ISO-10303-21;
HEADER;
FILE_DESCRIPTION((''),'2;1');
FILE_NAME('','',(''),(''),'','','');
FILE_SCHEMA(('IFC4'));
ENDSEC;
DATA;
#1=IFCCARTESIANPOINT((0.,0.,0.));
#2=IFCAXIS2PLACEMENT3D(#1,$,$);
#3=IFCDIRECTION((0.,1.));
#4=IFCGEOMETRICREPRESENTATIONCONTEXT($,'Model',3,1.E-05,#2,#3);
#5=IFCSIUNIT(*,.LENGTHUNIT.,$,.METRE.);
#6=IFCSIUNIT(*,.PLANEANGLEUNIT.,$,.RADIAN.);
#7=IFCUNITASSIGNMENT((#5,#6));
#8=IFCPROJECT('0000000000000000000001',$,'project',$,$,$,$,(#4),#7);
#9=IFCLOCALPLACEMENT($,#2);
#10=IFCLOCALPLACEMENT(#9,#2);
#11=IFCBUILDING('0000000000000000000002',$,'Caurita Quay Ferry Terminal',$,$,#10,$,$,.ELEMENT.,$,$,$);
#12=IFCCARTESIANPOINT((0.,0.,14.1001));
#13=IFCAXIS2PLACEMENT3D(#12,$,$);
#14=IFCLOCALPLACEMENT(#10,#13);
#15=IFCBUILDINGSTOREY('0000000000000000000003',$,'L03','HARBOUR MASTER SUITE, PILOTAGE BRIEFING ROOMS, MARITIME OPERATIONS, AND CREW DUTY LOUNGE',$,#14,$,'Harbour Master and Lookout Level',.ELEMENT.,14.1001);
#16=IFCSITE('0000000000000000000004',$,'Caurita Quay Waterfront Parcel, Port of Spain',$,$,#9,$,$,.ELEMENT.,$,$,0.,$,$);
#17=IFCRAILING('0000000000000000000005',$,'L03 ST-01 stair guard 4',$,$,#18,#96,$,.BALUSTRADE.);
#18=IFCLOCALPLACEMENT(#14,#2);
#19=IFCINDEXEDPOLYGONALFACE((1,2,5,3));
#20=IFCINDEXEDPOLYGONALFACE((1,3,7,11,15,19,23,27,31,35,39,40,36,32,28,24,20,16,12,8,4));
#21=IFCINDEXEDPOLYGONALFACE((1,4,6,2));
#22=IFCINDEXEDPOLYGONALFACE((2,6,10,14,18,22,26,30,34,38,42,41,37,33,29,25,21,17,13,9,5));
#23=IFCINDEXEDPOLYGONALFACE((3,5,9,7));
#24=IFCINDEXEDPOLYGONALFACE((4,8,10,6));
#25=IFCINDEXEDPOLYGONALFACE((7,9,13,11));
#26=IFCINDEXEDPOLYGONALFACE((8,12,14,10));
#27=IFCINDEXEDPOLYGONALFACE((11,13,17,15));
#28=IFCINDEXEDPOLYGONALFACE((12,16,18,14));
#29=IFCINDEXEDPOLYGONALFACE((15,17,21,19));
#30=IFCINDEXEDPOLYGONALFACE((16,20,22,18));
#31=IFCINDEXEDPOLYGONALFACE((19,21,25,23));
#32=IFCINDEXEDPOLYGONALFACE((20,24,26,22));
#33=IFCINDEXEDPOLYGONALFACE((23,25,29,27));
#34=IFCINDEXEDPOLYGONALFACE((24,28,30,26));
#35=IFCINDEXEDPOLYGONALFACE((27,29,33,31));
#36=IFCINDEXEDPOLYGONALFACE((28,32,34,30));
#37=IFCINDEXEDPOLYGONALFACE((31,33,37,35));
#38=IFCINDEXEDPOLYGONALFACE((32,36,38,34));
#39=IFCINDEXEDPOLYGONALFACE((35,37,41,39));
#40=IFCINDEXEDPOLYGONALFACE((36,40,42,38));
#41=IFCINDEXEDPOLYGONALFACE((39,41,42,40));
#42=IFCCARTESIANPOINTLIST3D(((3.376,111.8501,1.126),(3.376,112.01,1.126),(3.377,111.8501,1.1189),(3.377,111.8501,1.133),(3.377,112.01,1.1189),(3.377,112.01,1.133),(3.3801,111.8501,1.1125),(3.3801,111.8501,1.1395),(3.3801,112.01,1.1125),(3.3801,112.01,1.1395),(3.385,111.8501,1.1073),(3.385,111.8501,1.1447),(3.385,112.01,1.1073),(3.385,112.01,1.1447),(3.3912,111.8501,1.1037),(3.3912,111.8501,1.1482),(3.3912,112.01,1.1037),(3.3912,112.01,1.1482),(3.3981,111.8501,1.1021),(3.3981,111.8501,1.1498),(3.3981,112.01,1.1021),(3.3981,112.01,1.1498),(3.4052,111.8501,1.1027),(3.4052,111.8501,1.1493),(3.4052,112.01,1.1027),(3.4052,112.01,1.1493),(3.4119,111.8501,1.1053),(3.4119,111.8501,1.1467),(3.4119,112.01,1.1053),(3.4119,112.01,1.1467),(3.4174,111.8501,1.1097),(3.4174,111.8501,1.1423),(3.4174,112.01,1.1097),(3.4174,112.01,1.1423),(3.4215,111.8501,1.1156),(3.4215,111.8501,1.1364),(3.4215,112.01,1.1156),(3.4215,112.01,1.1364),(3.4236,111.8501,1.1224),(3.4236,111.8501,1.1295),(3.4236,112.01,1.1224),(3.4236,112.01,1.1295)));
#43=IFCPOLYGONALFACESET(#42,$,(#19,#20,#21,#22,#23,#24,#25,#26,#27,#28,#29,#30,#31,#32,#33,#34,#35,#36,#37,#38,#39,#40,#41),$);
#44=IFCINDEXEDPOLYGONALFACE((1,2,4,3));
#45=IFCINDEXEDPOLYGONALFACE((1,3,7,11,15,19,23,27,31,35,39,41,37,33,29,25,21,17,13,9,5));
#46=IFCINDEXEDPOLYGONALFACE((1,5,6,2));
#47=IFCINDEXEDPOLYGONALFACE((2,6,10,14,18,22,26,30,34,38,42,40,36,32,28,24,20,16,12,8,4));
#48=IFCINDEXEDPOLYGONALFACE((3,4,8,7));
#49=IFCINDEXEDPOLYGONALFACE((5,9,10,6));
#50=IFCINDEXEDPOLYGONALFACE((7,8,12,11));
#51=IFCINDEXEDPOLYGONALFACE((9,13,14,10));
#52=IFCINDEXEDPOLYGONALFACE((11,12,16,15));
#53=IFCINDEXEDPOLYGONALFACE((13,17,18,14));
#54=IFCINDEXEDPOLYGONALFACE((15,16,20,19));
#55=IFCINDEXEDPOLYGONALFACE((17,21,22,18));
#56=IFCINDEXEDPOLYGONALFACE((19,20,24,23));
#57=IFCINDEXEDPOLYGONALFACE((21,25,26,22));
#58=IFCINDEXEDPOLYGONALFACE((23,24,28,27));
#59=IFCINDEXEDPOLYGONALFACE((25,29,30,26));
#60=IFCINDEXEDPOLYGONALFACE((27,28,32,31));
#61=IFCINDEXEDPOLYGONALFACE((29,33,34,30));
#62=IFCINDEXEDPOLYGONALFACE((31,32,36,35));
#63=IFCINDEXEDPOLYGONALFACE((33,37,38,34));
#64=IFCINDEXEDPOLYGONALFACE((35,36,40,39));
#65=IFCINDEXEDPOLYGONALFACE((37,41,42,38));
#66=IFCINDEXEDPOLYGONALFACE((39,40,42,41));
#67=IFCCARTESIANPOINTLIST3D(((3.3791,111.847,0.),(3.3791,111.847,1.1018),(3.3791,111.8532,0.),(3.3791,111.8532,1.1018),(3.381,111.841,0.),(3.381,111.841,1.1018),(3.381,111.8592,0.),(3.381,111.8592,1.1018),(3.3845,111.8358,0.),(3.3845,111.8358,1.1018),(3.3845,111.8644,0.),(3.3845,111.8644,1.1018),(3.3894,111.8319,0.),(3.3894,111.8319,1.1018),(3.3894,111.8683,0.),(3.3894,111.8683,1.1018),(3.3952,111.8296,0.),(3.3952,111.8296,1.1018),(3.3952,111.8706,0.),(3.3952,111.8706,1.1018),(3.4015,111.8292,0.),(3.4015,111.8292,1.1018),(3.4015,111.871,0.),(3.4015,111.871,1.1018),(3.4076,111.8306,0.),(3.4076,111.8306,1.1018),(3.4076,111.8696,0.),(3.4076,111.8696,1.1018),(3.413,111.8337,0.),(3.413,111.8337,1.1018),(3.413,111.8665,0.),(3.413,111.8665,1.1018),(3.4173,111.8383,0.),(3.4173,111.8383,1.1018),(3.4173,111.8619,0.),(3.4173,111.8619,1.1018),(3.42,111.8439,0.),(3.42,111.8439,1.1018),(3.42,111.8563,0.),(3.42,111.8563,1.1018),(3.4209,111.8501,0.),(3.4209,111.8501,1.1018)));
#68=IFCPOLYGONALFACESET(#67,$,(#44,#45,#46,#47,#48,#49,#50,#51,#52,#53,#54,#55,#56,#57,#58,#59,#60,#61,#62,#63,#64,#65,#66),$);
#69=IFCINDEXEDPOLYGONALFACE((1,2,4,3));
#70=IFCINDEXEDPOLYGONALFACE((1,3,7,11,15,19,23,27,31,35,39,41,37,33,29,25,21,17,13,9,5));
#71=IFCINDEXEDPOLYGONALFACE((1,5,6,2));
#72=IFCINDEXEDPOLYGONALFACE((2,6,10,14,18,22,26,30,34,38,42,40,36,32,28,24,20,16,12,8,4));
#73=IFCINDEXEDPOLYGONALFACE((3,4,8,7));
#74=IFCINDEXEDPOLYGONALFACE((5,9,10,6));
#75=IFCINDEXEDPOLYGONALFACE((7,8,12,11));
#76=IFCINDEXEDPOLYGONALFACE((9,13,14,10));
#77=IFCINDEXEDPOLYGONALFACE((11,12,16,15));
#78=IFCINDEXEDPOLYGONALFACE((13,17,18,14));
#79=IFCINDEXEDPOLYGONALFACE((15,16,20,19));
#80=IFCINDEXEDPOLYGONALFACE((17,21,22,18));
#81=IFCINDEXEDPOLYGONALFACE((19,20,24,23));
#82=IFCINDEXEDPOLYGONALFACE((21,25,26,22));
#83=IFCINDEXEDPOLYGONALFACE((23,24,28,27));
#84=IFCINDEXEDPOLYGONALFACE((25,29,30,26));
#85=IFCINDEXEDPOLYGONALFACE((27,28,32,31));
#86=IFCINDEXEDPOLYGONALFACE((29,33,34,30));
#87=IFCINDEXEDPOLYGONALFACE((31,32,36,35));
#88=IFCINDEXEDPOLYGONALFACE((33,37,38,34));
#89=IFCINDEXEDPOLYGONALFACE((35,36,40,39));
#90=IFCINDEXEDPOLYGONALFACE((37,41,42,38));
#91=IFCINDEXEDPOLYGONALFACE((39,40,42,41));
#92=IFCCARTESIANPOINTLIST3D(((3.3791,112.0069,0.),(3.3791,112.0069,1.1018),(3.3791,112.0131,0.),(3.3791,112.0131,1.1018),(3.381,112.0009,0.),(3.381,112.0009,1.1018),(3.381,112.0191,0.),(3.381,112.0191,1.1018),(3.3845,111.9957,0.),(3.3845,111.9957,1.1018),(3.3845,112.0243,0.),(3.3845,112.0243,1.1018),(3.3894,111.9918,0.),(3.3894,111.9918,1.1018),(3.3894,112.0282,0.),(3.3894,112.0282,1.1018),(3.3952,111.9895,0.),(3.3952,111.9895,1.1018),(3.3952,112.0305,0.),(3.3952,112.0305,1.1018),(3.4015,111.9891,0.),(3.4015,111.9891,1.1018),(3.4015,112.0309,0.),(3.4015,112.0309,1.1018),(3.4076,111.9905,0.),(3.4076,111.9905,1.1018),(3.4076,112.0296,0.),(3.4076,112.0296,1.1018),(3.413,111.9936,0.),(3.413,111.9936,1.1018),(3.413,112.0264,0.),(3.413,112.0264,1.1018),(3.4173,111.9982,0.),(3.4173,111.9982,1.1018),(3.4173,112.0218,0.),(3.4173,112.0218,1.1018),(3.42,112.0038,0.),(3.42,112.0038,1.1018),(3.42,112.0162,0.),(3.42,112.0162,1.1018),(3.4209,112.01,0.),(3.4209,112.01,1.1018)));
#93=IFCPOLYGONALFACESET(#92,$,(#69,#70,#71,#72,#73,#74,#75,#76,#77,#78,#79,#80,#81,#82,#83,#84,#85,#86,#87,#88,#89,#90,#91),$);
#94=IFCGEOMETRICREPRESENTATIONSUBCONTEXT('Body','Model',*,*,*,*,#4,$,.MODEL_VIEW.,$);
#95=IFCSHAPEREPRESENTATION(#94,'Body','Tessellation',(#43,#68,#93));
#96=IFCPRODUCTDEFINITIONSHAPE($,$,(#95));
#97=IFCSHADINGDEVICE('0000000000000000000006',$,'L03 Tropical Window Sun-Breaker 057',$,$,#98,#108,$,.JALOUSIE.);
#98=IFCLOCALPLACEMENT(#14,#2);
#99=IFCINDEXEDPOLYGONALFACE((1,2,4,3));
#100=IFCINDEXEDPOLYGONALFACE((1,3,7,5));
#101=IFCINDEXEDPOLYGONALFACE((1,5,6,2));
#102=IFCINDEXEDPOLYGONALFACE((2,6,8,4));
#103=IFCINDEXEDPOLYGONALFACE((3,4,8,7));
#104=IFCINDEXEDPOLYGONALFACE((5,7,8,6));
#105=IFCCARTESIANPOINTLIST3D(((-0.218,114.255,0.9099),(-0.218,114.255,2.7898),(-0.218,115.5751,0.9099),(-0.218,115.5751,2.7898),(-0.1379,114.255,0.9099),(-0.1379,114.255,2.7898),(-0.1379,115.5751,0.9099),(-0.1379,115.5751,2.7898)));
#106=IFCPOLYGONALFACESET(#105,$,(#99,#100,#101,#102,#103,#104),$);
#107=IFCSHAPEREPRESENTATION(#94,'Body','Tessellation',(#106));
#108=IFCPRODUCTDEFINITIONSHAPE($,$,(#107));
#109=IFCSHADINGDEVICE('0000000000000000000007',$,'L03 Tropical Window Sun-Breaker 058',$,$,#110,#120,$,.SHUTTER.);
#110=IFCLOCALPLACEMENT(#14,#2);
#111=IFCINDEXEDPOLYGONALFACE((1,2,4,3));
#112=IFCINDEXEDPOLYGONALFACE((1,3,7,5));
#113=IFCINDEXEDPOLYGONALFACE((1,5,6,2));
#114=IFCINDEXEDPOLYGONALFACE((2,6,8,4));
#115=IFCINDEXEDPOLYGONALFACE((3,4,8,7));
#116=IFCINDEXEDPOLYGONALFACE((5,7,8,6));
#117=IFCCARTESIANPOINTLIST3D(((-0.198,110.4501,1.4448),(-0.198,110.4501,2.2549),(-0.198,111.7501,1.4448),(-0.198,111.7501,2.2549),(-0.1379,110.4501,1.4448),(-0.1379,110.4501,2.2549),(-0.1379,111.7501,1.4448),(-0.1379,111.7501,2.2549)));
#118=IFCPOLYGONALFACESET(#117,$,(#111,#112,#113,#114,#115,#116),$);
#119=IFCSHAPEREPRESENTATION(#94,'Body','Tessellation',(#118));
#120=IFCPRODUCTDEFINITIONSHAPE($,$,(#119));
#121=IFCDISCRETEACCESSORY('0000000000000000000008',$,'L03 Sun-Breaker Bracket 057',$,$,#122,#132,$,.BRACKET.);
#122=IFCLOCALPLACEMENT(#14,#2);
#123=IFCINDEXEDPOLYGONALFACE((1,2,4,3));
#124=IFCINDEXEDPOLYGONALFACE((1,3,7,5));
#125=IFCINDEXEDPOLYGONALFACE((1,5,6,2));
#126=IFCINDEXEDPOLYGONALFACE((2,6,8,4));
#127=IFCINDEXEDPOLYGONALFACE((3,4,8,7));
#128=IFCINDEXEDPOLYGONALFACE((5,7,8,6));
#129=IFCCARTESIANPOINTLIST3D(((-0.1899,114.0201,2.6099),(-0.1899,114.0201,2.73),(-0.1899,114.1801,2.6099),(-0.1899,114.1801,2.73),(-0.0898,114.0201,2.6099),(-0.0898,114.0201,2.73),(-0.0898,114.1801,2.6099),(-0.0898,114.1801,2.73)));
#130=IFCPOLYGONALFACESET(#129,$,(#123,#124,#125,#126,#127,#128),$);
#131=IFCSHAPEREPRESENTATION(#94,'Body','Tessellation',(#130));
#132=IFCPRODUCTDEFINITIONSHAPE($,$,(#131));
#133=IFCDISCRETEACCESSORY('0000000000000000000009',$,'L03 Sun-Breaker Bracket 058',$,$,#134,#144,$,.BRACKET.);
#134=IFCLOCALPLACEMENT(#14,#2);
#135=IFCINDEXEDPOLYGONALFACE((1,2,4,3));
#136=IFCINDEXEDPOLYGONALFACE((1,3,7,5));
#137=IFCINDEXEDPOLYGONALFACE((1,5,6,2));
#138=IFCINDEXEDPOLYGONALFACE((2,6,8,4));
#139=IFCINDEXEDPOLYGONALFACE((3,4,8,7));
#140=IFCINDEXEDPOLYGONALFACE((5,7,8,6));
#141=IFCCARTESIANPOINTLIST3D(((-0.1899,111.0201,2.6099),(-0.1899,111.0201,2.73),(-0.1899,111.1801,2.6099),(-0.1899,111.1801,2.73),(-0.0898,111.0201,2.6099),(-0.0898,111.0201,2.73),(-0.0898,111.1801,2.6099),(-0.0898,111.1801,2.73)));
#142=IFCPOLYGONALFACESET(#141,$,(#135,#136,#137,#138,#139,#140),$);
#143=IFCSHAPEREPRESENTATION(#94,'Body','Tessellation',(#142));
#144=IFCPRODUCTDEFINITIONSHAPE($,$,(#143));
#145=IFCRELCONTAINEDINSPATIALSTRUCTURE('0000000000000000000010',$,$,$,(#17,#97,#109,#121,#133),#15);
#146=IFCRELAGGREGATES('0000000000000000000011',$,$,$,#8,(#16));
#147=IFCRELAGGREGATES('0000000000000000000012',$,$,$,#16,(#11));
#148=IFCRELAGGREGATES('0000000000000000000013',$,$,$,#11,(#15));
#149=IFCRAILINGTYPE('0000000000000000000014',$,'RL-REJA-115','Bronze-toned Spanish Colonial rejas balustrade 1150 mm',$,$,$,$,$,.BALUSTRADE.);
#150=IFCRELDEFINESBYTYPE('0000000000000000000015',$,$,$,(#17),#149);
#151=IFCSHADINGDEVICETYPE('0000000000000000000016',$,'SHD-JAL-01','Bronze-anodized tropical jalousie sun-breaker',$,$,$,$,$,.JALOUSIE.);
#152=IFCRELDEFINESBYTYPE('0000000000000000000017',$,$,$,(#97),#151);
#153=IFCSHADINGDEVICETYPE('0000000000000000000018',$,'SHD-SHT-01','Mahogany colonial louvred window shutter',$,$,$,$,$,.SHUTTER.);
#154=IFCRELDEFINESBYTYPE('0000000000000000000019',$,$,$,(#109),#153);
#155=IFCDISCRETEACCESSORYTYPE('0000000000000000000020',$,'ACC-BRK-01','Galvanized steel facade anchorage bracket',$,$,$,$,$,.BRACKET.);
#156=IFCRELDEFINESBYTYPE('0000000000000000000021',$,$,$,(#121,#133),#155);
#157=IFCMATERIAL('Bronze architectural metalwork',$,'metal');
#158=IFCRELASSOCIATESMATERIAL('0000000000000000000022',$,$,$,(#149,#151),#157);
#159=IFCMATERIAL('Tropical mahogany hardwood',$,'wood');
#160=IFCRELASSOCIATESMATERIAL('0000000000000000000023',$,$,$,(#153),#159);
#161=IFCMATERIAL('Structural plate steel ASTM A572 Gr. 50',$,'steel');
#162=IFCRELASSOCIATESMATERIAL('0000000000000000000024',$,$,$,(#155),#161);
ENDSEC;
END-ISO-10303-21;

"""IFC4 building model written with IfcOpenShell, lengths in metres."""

from ifc_helpers import new_model, si_unit, direction, frame, origin, origin_2d, place, context, subcontext, project, spatial, rectangle, circle, extrude, material, type_object, element, save


model = new_model("IFC4")

# Units and contexts
model_context = context("Model", 3, precision=1e-05, world=origin(), true_north=direction((0.0, 1.0)))
body_context = subcontext(model_context, "Body", "Model", "MODEL_VIEW")
ifc_project = project(units=[si_unit("LENGTHUNIT", "METRE"), si_unit("PLANEANGLEUNIT", "RADIAN")], contexts=[model_context])

# Site, building, storey
site_placement = place(None, origin())
site = spatial("IfcSite", under=ifc_project, at=site_placement, Name="Caurita Quay Waterfront Parcel, Port of Spain", CompositionType="ELEMENT", RefElevation=0.0)
building_placement = place(site_placement, origin())
building = spatial("IfcBuilding", under=site, at=building_placement, Name="Caurita Quay Ferry Terminal", CompositionType="ELEMENT")
storey_placement = place(building_placement, frame((0.0, 0.0, 14.1001)))
storey = spatial("IfcBuildingStorey", under=building, at=storey_placement, Name="L03", Description="HARBOUR MASTER SUITE, PILOTAGE BRIEFING ROOMS, MARITIME OPERATIONS, AND CREW DUTY LOUNGE", LongName="Harbour Master and Lookout Level", CompositionType="ELEMENT", Elevation=14.1001)

# Shared definitions
ifc_material_1 = material(Name="Tropical mahogany hardwood", Category="wood")

# Railing
ifc_material_2 = material(Name="Bronze architectural metalwork", Category="metal")
railing_type = type_object("IfcRailingType", Name="RL-REJA-115", Description="Bronze-toned Spanish Colonial rejas balustrade 1150 mm", PredefinedType="BALUSTRADE", material=ifc_material_2)
railing_placement = place(storey_placement, frame((3.3999, 111.8501, 0.0)))
element("IfcRailing", 1, at=railing_placement, inside=storey, type_object=railing_type, Name="L03 ST-01 stair guard 4", PredefinedType="BALUSTRADE", context=body_context, shape_type="SweptSolid", body=[
    extrude(circle(Radius=0.0239, at=origin_2d()), frame((0.0, 0.0, 1.126), z_axis=(0.0, 1.0, 0.0), x_axis=(-1.0, 0.0, 0.0)), (0.0, 0.0, 1.0), 0.1599),
    extrude(circle(Radius=0.021, at=origin_2d()), origin(), (0.0, 0.0, 1.0), 1.1018),
    extrude(circle(Radius=0.021, at=origin_2d()), frame((0.0, 0.1599, 0.0)), (0.0, 0.0, 1.0), 1.1018),
])

# Shading devices
shading_device_type_1 = type_object("IfcShadingDeviceType", Name="SHD-JAL-01", Description="Bronze-anodized tropical jalousie sun-breaker", PredefinedType="JALOUSIE", material=ifc_material_2)
shading_device_1_placement = place(storey_placement, frame((-0.178, 114.915, 0.9099), z_axis=(0.0, 0.0, 1.0), x_axis=(0.0, -1.0, 0.0)))
element("IfcShadingDevice", 2, at=shading_device_1_placement, inside=storey, type_object=shading_device_type_1, Name="L03 Tropical Window Sun-Breaker 057", PredefinedType="JALOUSIE", context=body_context, shape_type="SweptSolid", body=[
    extrude(rectangle(XDim=1.3201, YDim=0.0801, at=origin_2d()), origin(), (0.0, 0.0, 1.0), 1.8799),
])
shading_device_type_2 = type_object("IfcShadingDeviceType", Name="SHD-SHT-01", Description="Mahogany colonial louvred window shutter", PredefinedType="SHUTTER", material=ifc_material_1)
shading_device_2_placement = place(storey_placement, frame((-0.168, 111.1001, 1.4448), z_axis=(0.0, 0.0, 1.0), x_axis=(0.0, -1.0, 0.0)))
element("IfcShadingDevice", 3, at=shading_device_2_placement, inside=storey, type_object=shading_device_type_2, Name="L03 Tropical Window Sun-Breaker 058", PredefinedType="SHUTTER", context=body_context, shape_type="SweptSolid", body=[
    extrude(rectangle(XDim=1.3, YDim=0.0601, at=origin_2d()), origin(), (0.0, 0.0, 1.0), 0.8101),
])

# Discrete accessories
ifc_material_3 = material(Name="Structural plate steel ASTM A572 Gr. 50", Category="steel")
discrete_accessory_type = type_object("IfcDiscreteAccessoryType", Name="ACC-BRK-01", Description="Galvanized steel facade anchorage bracket", PredefinedType="BRACKET", material=ifc_material_3)
for number, where, z_axis, x_axis, name in (
    (4, (-0.1399, 114.1001, 2.6099), (0.0, 0.0, 1.0), (0.0, -1.0, 0.0), "L03 Sun-Breaker Bracket 057"),
    (5, (-0.1399, 111.1001, 2.6099), (0.0, 0.0, 1.0), (0.0, -1.0, 0.0), "L03 Sun-Breaker Bracket 058"),
):
    element("IfcDiscreteAccessory", number, at=place(storey_placement, frame(where, z_axis=z_axis, x_axis=x_axis)), inside=storey, type_object=discrete_accessory_type, Name=name, PredefinedType="BRACKET", context=body_context, shape_type="SweptSolid", body=[
        extrude(rectangle(XDim=0.1599, YDim=0.1001, at=origin_2d()), origin(), (0.0, 0.0, 1.0), 0.1201),
    ])

save(model, "model.ifc")
